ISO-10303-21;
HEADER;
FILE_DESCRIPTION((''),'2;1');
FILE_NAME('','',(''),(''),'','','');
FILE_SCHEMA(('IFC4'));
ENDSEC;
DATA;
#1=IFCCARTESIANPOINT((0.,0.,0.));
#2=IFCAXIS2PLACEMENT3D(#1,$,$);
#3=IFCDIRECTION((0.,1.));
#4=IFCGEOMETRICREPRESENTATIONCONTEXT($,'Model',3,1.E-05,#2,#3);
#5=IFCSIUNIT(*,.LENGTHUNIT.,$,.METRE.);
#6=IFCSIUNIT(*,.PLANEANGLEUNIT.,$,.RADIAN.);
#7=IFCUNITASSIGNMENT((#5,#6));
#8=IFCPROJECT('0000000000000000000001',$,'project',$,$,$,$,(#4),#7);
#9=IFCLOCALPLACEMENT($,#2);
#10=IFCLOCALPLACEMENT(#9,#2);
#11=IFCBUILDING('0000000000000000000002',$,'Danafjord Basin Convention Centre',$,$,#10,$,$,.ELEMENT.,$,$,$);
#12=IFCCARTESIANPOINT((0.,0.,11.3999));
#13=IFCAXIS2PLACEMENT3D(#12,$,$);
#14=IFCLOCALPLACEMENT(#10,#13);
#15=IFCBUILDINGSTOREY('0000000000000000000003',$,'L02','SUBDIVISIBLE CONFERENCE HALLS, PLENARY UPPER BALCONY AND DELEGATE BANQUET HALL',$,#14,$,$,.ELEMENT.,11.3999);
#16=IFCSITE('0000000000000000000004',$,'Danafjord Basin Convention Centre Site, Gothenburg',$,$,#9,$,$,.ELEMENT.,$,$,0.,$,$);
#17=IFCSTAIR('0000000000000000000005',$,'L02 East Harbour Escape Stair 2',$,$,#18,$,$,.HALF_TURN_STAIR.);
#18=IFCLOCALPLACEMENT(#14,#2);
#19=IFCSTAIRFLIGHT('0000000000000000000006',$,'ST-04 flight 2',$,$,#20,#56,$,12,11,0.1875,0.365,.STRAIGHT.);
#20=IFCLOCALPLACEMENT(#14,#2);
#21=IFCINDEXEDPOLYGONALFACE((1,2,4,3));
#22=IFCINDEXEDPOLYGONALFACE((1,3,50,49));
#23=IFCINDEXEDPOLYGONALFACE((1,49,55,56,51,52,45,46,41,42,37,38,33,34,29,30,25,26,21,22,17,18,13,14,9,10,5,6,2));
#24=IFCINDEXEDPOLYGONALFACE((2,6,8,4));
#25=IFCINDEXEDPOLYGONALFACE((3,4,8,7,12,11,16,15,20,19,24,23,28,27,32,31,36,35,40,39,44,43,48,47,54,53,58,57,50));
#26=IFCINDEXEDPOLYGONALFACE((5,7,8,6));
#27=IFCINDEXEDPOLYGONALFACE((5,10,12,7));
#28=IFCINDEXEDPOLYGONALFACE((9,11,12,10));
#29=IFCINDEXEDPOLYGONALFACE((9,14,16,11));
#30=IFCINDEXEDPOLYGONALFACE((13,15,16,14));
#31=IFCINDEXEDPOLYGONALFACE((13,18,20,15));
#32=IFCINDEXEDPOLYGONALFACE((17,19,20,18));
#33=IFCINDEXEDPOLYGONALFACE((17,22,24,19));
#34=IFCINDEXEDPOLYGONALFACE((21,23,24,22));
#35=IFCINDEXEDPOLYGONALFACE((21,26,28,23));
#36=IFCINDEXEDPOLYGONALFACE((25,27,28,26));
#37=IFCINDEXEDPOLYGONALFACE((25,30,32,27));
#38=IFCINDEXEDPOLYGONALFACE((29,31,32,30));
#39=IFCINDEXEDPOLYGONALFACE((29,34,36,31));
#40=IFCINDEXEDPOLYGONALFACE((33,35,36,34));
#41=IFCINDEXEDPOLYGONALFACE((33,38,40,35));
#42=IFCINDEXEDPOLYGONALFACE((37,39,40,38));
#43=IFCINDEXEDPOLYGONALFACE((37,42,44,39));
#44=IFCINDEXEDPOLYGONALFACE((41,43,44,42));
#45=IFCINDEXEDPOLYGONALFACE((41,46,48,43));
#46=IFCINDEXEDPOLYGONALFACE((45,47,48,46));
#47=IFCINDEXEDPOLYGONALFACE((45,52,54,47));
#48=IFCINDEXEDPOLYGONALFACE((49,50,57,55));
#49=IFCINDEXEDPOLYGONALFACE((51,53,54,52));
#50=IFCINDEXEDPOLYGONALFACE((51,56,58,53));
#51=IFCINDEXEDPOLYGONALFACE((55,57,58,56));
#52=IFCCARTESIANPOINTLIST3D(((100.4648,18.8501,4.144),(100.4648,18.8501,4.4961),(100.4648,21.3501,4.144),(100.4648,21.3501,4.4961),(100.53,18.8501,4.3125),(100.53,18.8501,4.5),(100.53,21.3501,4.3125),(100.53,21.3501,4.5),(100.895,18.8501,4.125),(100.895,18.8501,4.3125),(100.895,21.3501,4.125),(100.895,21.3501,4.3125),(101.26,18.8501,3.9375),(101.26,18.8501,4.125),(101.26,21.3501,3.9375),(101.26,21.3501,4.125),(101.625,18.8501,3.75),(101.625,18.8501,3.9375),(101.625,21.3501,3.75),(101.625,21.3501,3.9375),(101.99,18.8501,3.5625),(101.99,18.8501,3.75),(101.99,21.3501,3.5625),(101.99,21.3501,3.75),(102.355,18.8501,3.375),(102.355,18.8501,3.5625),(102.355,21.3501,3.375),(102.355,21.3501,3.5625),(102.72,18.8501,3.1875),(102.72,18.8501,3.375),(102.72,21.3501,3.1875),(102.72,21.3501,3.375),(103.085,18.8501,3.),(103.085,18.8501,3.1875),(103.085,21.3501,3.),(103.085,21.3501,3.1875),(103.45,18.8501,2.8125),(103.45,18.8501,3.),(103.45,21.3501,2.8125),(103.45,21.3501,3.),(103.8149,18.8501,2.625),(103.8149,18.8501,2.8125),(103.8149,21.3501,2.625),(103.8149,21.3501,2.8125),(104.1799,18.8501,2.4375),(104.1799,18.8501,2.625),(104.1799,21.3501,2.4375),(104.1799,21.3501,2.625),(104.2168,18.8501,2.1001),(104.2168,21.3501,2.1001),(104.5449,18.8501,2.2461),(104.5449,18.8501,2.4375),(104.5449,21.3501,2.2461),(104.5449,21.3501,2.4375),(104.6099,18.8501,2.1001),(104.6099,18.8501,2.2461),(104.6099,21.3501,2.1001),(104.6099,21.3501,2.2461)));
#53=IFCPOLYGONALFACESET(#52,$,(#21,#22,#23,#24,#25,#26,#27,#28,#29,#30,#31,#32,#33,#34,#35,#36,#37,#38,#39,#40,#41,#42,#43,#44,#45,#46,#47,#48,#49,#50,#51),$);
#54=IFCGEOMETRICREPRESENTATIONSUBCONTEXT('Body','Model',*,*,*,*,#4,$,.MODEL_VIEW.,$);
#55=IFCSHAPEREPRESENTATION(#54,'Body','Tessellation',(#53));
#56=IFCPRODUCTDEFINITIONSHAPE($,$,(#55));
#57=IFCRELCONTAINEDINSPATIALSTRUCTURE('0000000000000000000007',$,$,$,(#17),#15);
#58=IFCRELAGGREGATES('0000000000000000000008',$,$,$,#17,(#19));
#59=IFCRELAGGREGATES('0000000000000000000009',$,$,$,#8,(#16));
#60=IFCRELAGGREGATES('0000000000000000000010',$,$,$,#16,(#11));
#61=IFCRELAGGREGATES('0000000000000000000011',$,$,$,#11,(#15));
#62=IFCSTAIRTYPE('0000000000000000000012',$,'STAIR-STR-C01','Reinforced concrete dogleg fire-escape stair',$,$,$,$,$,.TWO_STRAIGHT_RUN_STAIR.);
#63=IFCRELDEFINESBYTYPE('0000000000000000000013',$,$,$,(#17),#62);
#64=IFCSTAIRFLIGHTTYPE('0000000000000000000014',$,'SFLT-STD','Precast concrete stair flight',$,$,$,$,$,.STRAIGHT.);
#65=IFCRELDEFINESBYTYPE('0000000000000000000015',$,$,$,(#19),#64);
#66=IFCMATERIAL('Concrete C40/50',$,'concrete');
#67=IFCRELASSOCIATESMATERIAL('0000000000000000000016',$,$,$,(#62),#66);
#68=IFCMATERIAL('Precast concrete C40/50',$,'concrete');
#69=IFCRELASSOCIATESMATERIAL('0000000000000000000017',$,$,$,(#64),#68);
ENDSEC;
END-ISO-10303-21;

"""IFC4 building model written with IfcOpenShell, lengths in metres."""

from ifc_helpers import new_model, si_unit, direction, frame, origin, place, context, subcontext, project, spatial, polyline, outline, extrude, material, type_object, element, aggregate, save


model = new_model("IFC4")

# Units and contexts
model_context = context("Model", 3, precision=1e-05, world=origin(), true_north=direction((0.0, 1.0)))
body_context = subcontext(model_context, "Body", "Model", "MODEL_VIEW")
ifc_project = project(units=[si_unit("LENGTHUNIT", "METRE"), si_unit("PLANEANGLEUNIT", "RADIAN")], contexts=[model_context])

# Site, building, storey
site_placement = place(None, origin())
site = spatial("IfcSite", under=ifc_project, at=site_placement, Name="Danafjord Basin Convention Centre Site, Gothenburg", CompositionType="ELEMENT", RefElevation=0.0)
building_placement = place(site_placement, origin())
building = spatial("IfcBuilding", under=site, at=building_placement, Name="Danafjord Basin Convention Centre", CompositionType="ELEMENT")
storey_placement = place(building_placement, frame((0.0, 0.0, 11.3999)))
storey = spatial("IfcBuildingStorey", under=building, at=storey_placement, Name="L02", Description="SUBDIVISIBLE CONFERENCE HALLS, PLENARY UPPER BALCONY AND DELEGATE BANQUET HALL", CompositionType="ELEMENT", Elevation=11.3999)

# Shared definitions
ifc_material_1 = material(Name="Concrete C40/50", Category="concrete")

# Stair, stair flight
stair_type = type_object("IfcStairType", Name="STAIR-STR-C01", Description="Reinforced concrete dogleg fire-escape stair", PredefinedType="TWO_STRAIGHT_RUN_STAIR", material=ifc_material_1)
stair_placement = place(storey_placement, origin())
stair = element("IfcStair", 1, at=stair_placement, inside=storey, type_object=stair_type, Name="L02 East Harbour Escape Stair 2", PredefinedType="HALF_TURN_STAIR")
ifc_material_2 = material(Name="Precast concrete C40/50", Category="concrete")
stair_flight_type = type_object("IfcStairFlightType", Name="SFLT-STD", Description="Precast concrete stair flight", PredefinedType="STRAIGHT", material=ifc_material_2)
stair_flight_placement = place(storey_placement, frame((104.5449, 20.1001, 2.25), z_axis=(0.0, 0.0, 1.0), x_axis=(-1.0, 0.0, 0.0)))
stair_flight = element("IfcStairFlight", 2, at=stair_flight_placement, type_object=stair_flight_type, Name="ST-04 flight 2", NumberOfRisers=12, NumberOfTreads=11, PredefinedType="STRAIGHT", RiserHeight=0.1875, TreadLength=0.365, context=body_context, shape_type="SweptSolid", body=[
    extrude(outline(polyline([(-0.0649, -0.1499), (-0.0649, -0.0039), (0.0, -0.0039), (0.0, 0.1875), (0.365, 0.1875), (0.365, 0.375), (0.73, 0.375), (0.73, 0.5625), (1.095, 0.5625), (1.095, 0.75), (1.46, 0.75), (1.46, 0.9375), (1.825, 0.9375), (1.825, 1.125), (2.1899, 1.125), (2.1899, 1.3125), (2.5549, 1.3125), (2.5549, 1.5), (2.9199, 1.5), (2.9199, 1.6875), (3.2849, 1.6875), (3.2849, 1.875), (3.6499, 1.875), (3.6499, 2.0625), (4.0149, 2.0625), (4.0149, 2.25), (4.0801, 2.2461), (4.0801, 1.894), (0.3281, -0.1499), (-0.0649, -0.1499)])), frame((0.0, 1.25, 0.0), z_axis=(0.0, -1.0, 0.0), x_axis=(1.0, 0.0, 0.0)), (0.0, 0.0, 1.0), 2.5),
])
aggregate(stair, [stair_flight])

save(model, "model.ifc")
